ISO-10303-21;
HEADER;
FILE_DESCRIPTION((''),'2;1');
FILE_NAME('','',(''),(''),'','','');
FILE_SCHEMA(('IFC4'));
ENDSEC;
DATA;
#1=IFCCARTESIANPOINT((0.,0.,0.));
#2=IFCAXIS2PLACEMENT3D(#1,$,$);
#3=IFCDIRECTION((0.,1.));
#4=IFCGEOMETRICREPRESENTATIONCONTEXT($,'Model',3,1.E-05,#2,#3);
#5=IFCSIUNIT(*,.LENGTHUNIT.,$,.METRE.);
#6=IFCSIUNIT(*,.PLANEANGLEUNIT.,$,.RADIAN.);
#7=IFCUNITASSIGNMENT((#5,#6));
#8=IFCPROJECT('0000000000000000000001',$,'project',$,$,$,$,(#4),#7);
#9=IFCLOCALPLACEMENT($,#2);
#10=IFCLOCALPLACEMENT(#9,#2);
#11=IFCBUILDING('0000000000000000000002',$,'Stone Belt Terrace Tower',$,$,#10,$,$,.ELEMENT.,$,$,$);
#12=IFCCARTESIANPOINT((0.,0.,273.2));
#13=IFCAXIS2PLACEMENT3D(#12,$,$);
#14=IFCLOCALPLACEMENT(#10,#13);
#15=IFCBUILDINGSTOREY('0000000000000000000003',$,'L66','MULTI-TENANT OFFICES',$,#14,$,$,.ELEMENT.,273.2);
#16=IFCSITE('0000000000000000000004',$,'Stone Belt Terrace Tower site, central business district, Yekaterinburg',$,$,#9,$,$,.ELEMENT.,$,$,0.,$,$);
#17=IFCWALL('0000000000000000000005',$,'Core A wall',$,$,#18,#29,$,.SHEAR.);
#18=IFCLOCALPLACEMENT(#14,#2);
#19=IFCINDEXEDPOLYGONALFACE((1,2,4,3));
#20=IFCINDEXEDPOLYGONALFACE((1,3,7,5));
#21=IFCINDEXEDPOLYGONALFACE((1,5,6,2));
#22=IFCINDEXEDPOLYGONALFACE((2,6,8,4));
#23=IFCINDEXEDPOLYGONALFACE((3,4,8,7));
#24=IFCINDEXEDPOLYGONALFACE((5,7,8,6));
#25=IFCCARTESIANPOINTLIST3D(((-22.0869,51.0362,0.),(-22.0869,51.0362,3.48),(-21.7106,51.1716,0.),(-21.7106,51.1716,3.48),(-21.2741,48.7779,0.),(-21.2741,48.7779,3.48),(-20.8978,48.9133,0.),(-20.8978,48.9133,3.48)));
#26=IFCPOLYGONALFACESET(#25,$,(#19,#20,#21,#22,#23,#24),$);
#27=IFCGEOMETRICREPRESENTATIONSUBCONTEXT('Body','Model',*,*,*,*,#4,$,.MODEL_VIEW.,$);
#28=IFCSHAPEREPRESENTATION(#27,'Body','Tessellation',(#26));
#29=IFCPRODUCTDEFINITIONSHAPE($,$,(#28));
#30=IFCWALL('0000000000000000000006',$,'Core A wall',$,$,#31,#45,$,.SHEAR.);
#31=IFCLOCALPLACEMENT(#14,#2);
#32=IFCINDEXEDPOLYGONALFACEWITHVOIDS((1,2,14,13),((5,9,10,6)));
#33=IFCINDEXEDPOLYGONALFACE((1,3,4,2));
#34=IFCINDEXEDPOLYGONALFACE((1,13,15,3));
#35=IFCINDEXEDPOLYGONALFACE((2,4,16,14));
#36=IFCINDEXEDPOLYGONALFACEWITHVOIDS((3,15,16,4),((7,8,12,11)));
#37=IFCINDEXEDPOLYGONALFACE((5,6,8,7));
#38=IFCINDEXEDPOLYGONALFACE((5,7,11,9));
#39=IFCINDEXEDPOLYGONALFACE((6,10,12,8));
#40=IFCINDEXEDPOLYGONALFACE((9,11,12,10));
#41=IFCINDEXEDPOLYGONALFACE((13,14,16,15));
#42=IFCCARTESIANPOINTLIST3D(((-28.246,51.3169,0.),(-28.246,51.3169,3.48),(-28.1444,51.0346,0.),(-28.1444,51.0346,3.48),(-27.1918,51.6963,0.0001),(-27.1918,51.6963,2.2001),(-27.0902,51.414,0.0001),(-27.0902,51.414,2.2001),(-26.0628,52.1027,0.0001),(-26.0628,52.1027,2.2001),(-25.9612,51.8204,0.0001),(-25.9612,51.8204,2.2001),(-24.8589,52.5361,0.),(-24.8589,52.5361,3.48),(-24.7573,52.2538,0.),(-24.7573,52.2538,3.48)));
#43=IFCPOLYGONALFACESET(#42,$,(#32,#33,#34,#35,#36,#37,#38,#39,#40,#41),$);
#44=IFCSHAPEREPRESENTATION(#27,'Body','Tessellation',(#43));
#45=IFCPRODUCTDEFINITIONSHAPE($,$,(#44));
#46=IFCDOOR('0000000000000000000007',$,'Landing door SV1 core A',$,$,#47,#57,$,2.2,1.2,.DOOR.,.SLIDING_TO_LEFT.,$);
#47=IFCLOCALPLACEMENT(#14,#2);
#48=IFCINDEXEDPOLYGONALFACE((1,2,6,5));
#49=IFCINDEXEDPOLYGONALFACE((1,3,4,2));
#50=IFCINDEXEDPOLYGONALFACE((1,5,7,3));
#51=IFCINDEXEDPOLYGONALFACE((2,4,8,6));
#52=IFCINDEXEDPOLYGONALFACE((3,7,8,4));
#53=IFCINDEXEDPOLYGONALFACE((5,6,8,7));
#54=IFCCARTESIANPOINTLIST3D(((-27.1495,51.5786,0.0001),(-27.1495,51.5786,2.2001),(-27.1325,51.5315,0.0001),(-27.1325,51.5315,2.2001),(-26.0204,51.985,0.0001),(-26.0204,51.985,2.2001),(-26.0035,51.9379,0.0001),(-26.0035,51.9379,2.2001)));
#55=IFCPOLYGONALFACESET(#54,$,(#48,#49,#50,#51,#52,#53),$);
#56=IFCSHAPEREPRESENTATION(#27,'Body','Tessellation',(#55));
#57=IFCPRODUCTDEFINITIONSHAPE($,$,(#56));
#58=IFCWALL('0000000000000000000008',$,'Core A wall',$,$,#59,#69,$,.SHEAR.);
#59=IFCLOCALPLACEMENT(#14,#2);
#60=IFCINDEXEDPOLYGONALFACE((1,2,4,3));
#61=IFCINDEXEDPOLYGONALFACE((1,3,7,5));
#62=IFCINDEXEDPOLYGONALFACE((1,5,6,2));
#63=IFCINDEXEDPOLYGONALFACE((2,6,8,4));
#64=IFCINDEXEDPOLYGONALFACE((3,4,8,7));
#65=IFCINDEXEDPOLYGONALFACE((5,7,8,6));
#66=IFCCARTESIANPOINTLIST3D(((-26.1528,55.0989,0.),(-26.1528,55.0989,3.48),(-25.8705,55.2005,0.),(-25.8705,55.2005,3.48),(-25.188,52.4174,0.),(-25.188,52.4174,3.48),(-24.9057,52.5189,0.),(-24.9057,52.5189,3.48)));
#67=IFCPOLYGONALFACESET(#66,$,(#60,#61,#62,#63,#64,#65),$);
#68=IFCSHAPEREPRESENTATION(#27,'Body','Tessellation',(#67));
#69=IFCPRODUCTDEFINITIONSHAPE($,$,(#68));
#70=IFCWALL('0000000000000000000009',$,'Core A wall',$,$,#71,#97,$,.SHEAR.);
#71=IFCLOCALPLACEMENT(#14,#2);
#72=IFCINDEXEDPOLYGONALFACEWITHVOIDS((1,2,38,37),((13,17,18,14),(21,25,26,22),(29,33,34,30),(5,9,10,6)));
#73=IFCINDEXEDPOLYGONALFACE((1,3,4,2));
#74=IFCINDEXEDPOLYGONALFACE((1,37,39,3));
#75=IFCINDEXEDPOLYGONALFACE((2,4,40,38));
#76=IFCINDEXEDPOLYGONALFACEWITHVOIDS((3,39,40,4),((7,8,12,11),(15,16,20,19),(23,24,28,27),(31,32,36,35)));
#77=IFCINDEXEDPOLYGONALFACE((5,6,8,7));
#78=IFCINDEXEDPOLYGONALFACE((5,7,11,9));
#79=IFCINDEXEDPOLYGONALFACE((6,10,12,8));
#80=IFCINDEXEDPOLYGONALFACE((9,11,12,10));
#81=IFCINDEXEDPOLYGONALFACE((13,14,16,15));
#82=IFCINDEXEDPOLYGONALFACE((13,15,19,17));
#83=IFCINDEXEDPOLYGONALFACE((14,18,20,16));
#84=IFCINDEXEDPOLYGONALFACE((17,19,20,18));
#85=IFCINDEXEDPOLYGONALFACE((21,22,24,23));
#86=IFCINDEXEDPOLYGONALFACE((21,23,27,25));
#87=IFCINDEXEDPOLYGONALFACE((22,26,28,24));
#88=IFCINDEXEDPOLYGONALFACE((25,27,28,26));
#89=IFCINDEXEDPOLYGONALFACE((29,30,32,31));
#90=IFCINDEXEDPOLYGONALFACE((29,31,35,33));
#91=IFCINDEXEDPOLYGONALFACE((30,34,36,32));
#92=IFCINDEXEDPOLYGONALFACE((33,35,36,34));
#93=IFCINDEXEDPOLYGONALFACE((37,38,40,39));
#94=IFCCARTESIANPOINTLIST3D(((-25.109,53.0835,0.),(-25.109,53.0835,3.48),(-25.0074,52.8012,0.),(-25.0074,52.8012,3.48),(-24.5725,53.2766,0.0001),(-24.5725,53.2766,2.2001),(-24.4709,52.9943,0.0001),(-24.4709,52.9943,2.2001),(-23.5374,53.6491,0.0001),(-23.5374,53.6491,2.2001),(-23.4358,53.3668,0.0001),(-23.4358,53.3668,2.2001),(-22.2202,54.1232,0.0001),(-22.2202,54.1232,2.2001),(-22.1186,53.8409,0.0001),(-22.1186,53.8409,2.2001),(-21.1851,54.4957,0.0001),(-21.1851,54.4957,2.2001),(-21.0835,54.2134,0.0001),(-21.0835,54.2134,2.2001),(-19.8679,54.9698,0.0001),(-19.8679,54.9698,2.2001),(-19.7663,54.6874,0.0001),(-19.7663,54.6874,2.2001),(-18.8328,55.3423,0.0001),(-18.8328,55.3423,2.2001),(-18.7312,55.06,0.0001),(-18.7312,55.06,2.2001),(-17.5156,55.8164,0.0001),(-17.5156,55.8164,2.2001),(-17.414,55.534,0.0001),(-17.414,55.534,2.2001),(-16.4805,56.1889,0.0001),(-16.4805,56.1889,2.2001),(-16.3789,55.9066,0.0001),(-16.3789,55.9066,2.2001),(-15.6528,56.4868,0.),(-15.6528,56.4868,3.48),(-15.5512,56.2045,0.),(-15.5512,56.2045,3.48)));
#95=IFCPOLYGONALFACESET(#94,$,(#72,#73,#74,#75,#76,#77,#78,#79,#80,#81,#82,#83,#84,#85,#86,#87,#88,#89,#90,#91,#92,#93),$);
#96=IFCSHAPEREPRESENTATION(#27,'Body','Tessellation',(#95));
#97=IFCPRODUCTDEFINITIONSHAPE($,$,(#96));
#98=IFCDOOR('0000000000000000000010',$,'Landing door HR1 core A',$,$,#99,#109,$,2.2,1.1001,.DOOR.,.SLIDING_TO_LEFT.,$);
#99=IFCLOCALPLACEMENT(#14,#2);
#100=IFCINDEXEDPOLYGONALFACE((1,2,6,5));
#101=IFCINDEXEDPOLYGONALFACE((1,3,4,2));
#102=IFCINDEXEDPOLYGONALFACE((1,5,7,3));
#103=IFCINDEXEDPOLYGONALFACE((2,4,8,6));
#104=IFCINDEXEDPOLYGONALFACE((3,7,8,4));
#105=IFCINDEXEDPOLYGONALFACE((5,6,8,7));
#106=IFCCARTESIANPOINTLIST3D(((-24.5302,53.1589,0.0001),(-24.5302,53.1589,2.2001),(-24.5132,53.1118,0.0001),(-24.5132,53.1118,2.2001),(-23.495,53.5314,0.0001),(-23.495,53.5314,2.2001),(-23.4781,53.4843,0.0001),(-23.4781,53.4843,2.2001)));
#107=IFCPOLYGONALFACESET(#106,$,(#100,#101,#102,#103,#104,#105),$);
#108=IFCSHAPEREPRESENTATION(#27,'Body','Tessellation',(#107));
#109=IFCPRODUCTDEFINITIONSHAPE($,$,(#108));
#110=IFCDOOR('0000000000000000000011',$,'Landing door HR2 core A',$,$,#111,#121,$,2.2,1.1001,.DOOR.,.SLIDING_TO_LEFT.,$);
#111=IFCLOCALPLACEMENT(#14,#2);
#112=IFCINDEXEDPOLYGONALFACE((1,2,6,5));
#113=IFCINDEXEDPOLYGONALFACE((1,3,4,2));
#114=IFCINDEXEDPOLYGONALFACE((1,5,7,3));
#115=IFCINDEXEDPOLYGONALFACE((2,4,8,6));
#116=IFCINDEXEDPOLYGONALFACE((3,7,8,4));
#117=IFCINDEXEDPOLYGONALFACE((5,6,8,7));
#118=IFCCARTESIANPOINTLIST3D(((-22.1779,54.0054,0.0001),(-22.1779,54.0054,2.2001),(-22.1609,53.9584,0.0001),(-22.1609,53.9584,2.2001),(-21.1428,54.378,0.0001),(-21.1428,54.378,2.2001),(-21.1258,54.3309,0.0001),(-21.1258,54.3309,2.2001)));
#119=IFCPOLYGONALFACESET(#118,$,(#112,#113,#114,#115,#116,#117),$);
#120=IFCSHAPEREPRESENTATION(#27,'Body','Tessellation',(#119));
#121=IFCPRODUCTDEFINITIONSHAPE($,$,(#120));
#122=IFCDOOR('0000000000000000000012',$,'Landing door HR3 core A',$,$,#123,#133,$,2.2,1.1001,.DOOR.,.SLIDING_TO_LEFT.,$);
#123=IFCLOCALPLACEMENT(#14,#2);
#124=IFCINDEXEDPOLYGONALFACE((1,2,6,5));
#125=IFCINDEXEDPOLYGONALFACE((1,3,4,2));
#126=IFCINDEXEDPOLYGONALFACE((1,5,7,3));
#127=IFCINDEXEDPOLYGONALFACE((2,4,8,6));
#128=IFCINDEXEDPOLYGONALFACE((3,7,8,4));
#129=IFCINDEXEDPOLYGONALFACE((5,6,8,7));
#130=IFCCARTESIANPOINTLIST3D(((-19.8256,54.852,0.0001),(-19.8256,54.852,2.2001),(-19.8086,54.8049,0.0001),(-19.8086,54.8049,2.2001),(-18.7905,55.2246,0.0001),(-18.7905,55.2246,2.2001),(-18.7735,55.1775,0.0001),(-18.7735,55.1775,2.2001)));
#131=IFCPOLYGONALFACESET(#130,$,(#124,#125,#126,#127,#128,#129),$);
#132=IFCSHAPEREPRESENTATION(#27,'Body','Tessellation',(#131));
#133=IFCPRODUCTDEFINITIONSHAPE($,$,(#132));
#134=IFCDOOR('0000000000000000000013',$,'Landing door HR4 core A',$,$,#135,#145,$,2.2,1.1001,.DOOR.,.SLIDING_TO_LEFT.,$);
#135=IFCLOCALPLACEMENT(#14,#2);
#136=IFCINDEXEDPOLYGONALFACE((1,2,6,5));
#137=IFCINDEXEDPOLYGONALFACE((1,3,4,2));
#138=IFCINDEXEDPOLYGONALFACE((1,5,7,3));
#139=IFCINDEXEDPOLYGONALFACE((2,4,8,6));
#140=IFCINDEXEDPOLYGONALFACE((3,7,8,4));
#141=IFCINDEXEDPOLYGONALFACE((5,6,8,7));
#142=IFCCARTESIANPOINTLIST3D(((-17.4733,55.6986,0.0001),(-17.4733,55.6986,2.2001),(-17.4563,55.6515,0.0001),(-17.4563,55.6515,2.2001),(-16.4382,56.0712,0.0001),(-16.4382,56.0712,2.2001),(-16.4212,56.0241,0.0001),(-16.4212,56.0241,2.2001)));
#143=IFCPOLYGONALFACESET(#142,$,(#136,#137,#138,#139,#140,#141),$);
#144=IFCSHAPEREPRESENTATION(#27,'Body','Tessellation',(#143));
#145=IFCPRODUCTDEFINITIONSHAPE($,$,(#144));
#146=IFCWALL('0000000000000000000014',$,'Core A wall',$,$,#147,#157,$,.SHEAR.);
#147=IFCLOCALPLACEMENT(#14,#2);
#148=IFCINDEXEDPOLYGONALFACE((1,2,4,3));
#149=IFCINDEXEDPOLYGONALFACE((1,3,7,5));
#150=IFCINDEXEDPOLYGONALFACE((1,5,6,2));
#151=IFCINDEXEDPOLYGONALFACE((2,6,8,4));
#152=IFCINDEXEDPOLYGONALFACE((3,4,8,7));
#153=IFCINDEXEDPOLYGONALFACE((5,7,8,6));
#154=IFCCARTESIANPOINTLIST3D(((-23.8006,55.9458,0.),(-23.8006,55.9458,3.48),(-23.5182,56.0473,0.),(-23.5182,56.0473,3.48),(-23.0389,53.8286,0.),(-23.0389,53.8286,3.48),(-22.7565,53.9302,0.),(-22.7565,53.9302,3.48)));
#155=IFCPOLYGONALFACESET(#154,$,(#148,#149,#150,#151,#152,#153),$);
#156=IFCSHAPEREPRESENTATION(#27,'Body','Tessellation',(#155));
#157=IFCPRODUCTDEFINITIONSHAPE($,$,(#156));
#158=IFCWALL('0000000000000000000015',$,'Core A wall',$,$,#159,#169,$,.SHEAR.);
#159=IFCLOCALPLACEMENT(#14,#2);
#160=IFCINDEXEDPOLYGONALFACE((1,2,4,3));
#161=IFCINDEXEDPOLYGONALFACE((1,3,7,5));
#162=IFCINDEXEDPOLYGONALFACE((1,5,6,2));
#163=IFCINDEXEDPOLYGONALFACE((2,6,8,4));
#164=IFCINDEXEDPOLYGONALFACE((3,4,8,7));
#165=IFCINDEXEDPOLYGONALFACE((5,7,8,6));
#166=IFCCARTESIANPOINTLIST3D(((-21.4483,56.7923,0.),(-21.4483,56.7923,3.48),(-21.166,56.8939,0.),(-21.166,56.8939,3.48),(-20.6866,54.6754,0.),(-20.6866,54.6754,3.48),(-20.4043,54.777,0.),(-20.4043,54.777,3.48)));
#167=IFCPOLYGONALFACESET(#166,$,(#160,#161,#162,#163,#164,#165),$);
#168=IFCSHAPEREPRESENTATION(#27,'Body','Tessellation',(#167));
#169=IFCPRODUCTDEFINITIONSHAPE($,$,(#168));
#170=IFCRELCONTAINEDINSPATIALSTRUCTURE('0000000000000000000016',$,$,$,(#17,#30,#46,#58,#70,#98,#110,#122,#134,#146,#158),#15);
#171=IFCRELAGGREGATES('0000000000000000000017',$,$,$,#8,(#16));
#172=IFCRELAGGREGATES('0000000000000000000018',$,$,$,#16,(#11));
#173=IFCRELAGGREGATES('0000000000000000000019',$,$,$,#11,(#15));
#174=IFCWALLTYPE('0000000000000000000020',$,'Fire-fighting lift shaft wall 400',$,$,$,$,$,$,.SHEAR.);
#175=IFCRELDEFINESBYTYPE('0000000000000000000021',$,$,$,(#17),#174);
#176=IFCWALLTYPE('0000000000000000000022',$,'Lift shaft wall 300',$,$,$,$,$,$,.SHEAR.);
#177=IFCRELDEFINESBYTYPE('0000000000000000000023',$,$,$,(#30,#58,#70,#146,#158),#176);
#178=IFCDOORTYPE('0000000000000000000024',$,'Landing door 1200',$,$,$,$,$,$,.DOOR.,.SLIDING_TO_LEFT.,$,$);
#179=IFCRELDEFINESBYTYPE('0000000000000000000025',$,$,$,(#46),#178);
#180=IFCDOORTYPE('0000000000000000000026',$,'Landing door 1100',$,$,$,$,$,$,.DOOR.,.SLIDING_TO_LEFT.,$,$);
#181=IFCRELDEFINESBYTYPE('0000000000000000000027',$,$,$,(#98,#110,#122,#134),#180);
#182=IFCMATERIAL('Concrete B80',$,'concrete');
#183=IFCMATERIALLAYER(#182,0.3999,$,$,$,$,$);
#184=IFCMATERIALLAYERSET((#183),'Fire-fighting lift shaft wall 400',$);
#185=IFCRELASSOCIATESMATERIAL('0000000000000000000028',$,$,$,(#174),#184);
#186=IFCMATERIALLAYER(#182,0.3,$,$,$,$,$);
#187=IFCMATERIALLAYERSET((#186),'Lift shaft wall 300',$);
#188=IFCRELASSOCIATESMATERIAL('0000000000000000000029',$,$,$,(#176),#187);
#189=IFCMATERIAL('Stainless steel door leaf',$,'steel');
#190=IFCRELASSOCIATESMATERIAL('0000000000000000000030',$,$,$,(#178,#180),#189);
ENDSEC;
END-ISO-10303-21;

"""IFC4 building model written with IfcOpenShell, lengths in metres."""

from ifc_helpers import new_model, si_unit, direction, frame, frame_2d, origin, place, context, subcontext, project, spatial, rectangle, extrude, material, layer, layer_set, type_object, element, fill, save


model = new_model("IFC4")

# Units and contexts
model_context = context("Model", 3, precision=1e-05, world=origin(), true_north=direction((0.0, 1.0)))
body_context = subcontext(model_context, "Body", "Model", "MODEL_VIEW")
ifc_project = project(units=[si_unit("LENGTHUNIT", "METRE"), si_unit("PLANEANGLEUNIT", "RADIAN")], contexts=[model_context])

# Site, building, storey
site_placement = place(None, origin())
site = spatial("IfcSite", under=ifc_project, at=site_placement, Name="Stone Belt Terrace Tower site, central business district, Yekaterinburg", CompositionType="ELEMENT", RefElevation=0.0)
building_placement = place(site_placement, origin())
building = spatial("IfcBuilding", under=site, at=building_placement, Name="Stone Belt Terrace Tower", CompositionType="ELEMENT")
storey_placement = place(building_placement, frame((0.0, 0.0, 273.2)))
storey = spatial("IfcBuildingStorey", under=building, at=storey_placement, Name="L66", Description="MULTI-TENANT OFFICES", CompositionType="ELEMENT", Elevation=273.2)

# Wall
ifc_material_1 = material(Name="Concrete B80", Category="concrete")
ifc_layer_1 = layer(ifc_material_1, 0.3999)
ifc_layer_set_1 = layer_set([ifc_layer_1], Name="Fire-fighting lift shaft wall 400")
wall_type_1 = type_object("IfcWallType", Name="Fire-fighting lift shaft wall 400", PredefinedType="SHEAR", material=ifc_layer_set_1)
wall_1_placement = place(storey_placement, frame((-21.0859, 48.8455, 0.0), z_axis=(0.0, 0.0, 1.0), x_axis=(-0.338629, 0.94092, 0.0)))
element("IfcWall", 1, at=wall_1_placement, inside=storey, type_object=wall_type_1, Name="Core A wall", PredefinedType="SHEAR", context=body_context, shape_type="SweptSolid", body=[
    extrude(rectangle(XDim=2.4001, YDim=0.3999, at=frame_2d((1.2002, 0.0))), origin(), (0.0, 0.0, 1.0), 3.48),
])

# Wall, opening, door
ifc_layer_2 = layer(ifc_material_1, 0.3)
ifc_layer_set_2 = layer_set([ifc_layer_2], Name="Lift shaft wall 300")
wall_type_2 = type_object("IfcWallType", Name="Lift shaft wall 300", PredefinedType="SHEAR", material=ifc_layer_set_2)
wall_2_placement = place(storey_placement, frame((-28.1951, 51.1758, 0.0), z_axis=(0.0, 0.0, 1.0), x_axis=(0.940901, 0.338681, 0.0)))
wall_2 = element("IfcWall", 2, at=wall_2_placement, inside=storey, type_object=wall_type_2, Name="Core A wall", PredefinedType="SHEAR", context=body_context, shape_type="SweptSolid", body=[
    extrude(rectangle(XDim=3.5999, YDim=0.3, at=frame_2d((1.7998, 0.0))), origin(), (0.0, 0.0, 1.0), 3.48),
])
opening_1_placement = place(wall_2_placement, frame((1.1201, 0.0, 0.0)))
opening_1 = element("IfcOpeningElement", 3, at=opening_1_placement, cuts=wall_2, PredefinedType="OPENING", context=body_context, shape_type="SweptSolid", body=[
    extrude(rectangle(XDim=1.2, YDim=2.2, at=frame_2d((0.6001, 1.1001))), frame((0.0, 0.1599, 0.0), z_axis=(0.0, -1.0, 0.0), x_axis=(1.0, 0.0, 0.0)), (0.0, 0.0, 1.0), 0.3201),
])
ifc_material_2 = material(Name="Stainless steel door leaf", Category="steel")
door_type_1 = type_object("IfcDoorType", Name="Landing door 1200", OperationType="SLIDING_TO_LEFT", PredefinedType="DOOR", material=ifc_material_2)
door_1_placement = place(opening_1_placement, origin())
door_1 = element("IfcDoor", 4, at=door_1_placement, inside=storey, type_object=door_type_1, Name="Landing door SV1 core A", OperationType="SLIDING_TO_LEFT", OverallHeight=2.2, OverallWidth=1.2, PredefinedType="DOOR", context=body_context, shape_type="SweptSolid", body=[
    extrude(rectangle(XDim=1.2, YDim=2.2, at=frame_2d((0.6001, 1.1001))), frame((0.0, 0.0249, 0.0), z_axis=(0.0, -1.0, 0.0), x_axis=(1.0, 0.0, 0.0)), (0.0, 0.0, 1.0), 0.05),
])
fill(opening_1, door_1)

# Wall
wall_3_placement = place(storey_placement, frame((-25.0469, 52.4683, 0.0), z_axis=(0.0, 0.0, 1.0), x_axis=(-0.33855, 0.940949, 0.0)))
element("IfcWall", 5, at=wall_3_placement, inside=storey, type_object=wall_type_2, Name="Core A wall", PredefinedType="SHEAR", context=body_context, shape_type="SweptSolid", body=[
    extrude(rectangle(XDim=2.8499, YDim=0.3, at=frame_2d((1.4248, 0.0))), origin(), (0.0, 0.0, 1.0), 3.48),
])

# Wall, openings, doors
wall_4_placement = place(storey_placement, frame((-25.0581, 52.9424, 0.0), z_axis=(0.0, 0.0, 1.0), x_axis=(0.940917, 0.338636, 0.0)))
wall_4 = element("IfcWall", 6, at=wall_4_placement, inside=storey, type_object=wall_type_2, Name="Core A wall", PredefinedType="SHEAR", context=body_context, shape_type="SweptSolid", body=[
    extrude(rectangle(XDim=10.05, YDim=0.3, at=frame_2d((5.0249, 0.0))), origin(), (0.0, 0.0, 1.0), 3.48),
])
opening_2_placement = place(wall_4_placement, frame((0.5701, 0.0, 0.0)))
opening_2 = element("IfcOpeningElement", 7, at=opening_2_placement, cuts=wall_4, PredefinedType="OPENING", context=body_context, shape_type="SweptSolid", body=[
    extrude(rectangle(XDim=1.1001, YDim=2.2, at=frame_2d((0.55, 1.1001))), frame((0.0, 0.1599, 0.0), z_axis=(0.0, -1.0, 0.0), x_axis=(1.0, 0.0, 0.0)), (0.0, 0.0, 1.0), 0.3201),
])
opening_3_placement = place(wall_4_placement, frame((3.0701, 0.0, 0.0)))
opening_3 = element("IfcOpeningElement", 8, at=opening_3_placement, cuts=wall_4, PredefinedType="OPENING", context=body_context, shape_type="SweptSolid", body=[
    extrude(rectangle(XDim=1.1001, YDim=2.2, at=frame_2d((0.55, 1.1001))), frame((0.0, 0.1599, 0.0), z_axis=(0.0, -1.0, 0.0), x_axis=(1.0, 0.0, 0.0)), (0.0, 0.0, 1.0), 0.3201),
])
opening_4_placement = place(wall_4_placement, frame((5.5701, 0.0, 0.0)))
opening_4 = element("IfcOpeningElement", 9, at=opening_4_placement, cuts=wall_4, PredefinedType="OPENING", context=body_context, shape_type="SweptSolid", body=[
    extrude(rectangle(XDim=1.1001, YDim=2.2, at=frame_2d((0.55, 1.1001))), frame((0.0, 0.1599, 0.0), z_axis=(0.0, -1.0, 0.0), x_axis=(1.0, 0.0, 0.0)), (0.0, 0.0, 1.0), 0.3201),
])
opening_5_placement = place(wall_4_placement, frame((8.0701, 0.0, 0.0)))
opening_5 = element("IfcOpeningElement", 10, at=opening_5_placement, cuts=wall_4, PredefinedType="OPENING", context=body_context, shape_type="SweptSolid", body=[
    extrude(rectangle(XDim=1.1001, YDim=2.2, at=frame_2d((0.55, 1.1001))), frame((0.0, 0.1599, 0.0), z_axis=(0.0, -1.0, 0.0), x_axis=(1.0, 0.0, 0.0)), (0.0, 0.0, 1.0), 0.3201),
])
door_type_2 = type_object("IfcDoorType", Name="Landing door 1100", OperationType="SLIDING_TO_LEFT", PredefinedType="DOOR", material=ifc_material_2)
door_2_placement = place(opening_2_placement, origin())
door_2 = element("IfcDoor", 11, at=door_2_placement, inside=storey, type_object=door_type_2, Name="Landing door HR1 core A", OperationType="SLIDING_TO_LEFT", OverallHeight=2.2, OverallWidth=1.1001, PredefinedType="DOOR", context=body_context, shape_type="SweptSolid", body=[
    extrude(rectangle(XDim=1.1001, YDim=2.2, at=frame_2d((0.55, 1.1001))), frame((0.0, 0.0249, 0.0), z_axis=(0.0, -1.0, 0.0), x_axis=(1.0, 0.0, 0.0)), (0.0, 0.0, 1.0), 0.05),
])
fill(opening_2, door_2)
door_3_placement = place(opening_3_placement, origin())
door_3 = element("IfcDoor", 12, at=door_3_placement, inside=storey, type_object=door_type_2, Name="Landing door HR2 core A", OperationType="SLIDING_TO_LEFT", OverallHeight=2.2, OverallWidth=1.1001, PredefinedType="DOOR", context=body_context, shape_type="SweptSolid", body=[
    extrude(rectangle(XDim=1.1001, YDim=2.2, at=frame_2d((0.55, 1.1001))), frame((0.0, 0.0249, 0.0), z_axis=(0.0, -1.0, 0.0), x_axis=(1.0, 0.0, 0.0)), (0.0, 0.0, 1.0), 0.05),
])
fill(opening_3, door_3)
door_4_placement = place(opening_4_placement, origin())
door_4 = element("IfcDoor", 13, at=door_4_placement, inside=storey, type_object=door_type_2, Name="Landing door HR3 core A", OperationType="SLIDING_TO_LEFT", OverallHeight=2.2, OverallWidth=1.1001, PredefinedType="DOOR", context=body_context, shape_type="SweptSolid", body=[
    extrude(rectangle(XDim=1.1001, YDim=2.2, at=frame_2d((0.55, 1.1001))), frame((0.0, 0.0249, 0.0), z_axis=(0.0, -1.0, 0.0), x_axis=(1.0, 0.0, 0.0)), (0.0, 0.0, 1.0), 0.05),
])
fill(opening_4, door_4)
door_5_placement = place(opening_5_placement, origin())
door_5 = element("IfcDoor", 14, at=door_5_placement, inside=storey, type_object=door_type_2, Name="Landing door HR4 core A", OperationType="SLIDING_TO_LEFT", OverallHeight=2.2, OverallWidth=1.1001, PredefinedType="DOOR", context=body_context, shape_type="SweptSolid", body=[
    extrude(rectangle(XDim=1.1001, YDim=2.2, at=frame_2d((0.55, 1.1001))), frame((0.0, 0.0249, 0.0), z_axis=(0.0, -1.0, 0.0), x_axis=(1.0, 0.0, 0.0)), (0.0, 0.0, 1.0), 0.05),
])
fill(opening_5, door_5)

# Walls
wall_5_placement = place(storey_placement, frame((-22.8977, 53.8794, 0.0), z_axis=(0.0, 0.0, 1.0), x_axis=(-0.338535, 0.940954, 0.0)))
element("IfcWall", 15, at=wall_5_placement, inside=storey, type_object=wall_type_2, Name="Core A wall", PredefinedType="SHEAR", context=body_context, shape_type="SweptSolid", body=[
    extrude(rectangle(XDim=2.25, YDim=0.3, at=frame_2d((1.125, 0.0))), origin(), (0.0, 0.0, 1.0), 3.48),
])
wall_6_placement = place(storey_placement, frame((-20.5454, 54.7261, 0.0), z_axis=(0.0, 0.0, 1.0), x_axis=(-0.33857, 0.940941, 0.0)))
element("IfcWall", 16, at=wall_6_placement, inside=storey, type_object=wall_type_2, Name="Core A wall", PredefinedType="SHEAR", context=body_context, shape_type="SweptSolid", body=[
    extrude(rectangle(XDim=2.2498, YDim=0.3, at=frame_2d((1.125, 0.0))), origin(), (0.0, 0.0, 1.0), 3.48),
])

save(model, "model.ifc")
